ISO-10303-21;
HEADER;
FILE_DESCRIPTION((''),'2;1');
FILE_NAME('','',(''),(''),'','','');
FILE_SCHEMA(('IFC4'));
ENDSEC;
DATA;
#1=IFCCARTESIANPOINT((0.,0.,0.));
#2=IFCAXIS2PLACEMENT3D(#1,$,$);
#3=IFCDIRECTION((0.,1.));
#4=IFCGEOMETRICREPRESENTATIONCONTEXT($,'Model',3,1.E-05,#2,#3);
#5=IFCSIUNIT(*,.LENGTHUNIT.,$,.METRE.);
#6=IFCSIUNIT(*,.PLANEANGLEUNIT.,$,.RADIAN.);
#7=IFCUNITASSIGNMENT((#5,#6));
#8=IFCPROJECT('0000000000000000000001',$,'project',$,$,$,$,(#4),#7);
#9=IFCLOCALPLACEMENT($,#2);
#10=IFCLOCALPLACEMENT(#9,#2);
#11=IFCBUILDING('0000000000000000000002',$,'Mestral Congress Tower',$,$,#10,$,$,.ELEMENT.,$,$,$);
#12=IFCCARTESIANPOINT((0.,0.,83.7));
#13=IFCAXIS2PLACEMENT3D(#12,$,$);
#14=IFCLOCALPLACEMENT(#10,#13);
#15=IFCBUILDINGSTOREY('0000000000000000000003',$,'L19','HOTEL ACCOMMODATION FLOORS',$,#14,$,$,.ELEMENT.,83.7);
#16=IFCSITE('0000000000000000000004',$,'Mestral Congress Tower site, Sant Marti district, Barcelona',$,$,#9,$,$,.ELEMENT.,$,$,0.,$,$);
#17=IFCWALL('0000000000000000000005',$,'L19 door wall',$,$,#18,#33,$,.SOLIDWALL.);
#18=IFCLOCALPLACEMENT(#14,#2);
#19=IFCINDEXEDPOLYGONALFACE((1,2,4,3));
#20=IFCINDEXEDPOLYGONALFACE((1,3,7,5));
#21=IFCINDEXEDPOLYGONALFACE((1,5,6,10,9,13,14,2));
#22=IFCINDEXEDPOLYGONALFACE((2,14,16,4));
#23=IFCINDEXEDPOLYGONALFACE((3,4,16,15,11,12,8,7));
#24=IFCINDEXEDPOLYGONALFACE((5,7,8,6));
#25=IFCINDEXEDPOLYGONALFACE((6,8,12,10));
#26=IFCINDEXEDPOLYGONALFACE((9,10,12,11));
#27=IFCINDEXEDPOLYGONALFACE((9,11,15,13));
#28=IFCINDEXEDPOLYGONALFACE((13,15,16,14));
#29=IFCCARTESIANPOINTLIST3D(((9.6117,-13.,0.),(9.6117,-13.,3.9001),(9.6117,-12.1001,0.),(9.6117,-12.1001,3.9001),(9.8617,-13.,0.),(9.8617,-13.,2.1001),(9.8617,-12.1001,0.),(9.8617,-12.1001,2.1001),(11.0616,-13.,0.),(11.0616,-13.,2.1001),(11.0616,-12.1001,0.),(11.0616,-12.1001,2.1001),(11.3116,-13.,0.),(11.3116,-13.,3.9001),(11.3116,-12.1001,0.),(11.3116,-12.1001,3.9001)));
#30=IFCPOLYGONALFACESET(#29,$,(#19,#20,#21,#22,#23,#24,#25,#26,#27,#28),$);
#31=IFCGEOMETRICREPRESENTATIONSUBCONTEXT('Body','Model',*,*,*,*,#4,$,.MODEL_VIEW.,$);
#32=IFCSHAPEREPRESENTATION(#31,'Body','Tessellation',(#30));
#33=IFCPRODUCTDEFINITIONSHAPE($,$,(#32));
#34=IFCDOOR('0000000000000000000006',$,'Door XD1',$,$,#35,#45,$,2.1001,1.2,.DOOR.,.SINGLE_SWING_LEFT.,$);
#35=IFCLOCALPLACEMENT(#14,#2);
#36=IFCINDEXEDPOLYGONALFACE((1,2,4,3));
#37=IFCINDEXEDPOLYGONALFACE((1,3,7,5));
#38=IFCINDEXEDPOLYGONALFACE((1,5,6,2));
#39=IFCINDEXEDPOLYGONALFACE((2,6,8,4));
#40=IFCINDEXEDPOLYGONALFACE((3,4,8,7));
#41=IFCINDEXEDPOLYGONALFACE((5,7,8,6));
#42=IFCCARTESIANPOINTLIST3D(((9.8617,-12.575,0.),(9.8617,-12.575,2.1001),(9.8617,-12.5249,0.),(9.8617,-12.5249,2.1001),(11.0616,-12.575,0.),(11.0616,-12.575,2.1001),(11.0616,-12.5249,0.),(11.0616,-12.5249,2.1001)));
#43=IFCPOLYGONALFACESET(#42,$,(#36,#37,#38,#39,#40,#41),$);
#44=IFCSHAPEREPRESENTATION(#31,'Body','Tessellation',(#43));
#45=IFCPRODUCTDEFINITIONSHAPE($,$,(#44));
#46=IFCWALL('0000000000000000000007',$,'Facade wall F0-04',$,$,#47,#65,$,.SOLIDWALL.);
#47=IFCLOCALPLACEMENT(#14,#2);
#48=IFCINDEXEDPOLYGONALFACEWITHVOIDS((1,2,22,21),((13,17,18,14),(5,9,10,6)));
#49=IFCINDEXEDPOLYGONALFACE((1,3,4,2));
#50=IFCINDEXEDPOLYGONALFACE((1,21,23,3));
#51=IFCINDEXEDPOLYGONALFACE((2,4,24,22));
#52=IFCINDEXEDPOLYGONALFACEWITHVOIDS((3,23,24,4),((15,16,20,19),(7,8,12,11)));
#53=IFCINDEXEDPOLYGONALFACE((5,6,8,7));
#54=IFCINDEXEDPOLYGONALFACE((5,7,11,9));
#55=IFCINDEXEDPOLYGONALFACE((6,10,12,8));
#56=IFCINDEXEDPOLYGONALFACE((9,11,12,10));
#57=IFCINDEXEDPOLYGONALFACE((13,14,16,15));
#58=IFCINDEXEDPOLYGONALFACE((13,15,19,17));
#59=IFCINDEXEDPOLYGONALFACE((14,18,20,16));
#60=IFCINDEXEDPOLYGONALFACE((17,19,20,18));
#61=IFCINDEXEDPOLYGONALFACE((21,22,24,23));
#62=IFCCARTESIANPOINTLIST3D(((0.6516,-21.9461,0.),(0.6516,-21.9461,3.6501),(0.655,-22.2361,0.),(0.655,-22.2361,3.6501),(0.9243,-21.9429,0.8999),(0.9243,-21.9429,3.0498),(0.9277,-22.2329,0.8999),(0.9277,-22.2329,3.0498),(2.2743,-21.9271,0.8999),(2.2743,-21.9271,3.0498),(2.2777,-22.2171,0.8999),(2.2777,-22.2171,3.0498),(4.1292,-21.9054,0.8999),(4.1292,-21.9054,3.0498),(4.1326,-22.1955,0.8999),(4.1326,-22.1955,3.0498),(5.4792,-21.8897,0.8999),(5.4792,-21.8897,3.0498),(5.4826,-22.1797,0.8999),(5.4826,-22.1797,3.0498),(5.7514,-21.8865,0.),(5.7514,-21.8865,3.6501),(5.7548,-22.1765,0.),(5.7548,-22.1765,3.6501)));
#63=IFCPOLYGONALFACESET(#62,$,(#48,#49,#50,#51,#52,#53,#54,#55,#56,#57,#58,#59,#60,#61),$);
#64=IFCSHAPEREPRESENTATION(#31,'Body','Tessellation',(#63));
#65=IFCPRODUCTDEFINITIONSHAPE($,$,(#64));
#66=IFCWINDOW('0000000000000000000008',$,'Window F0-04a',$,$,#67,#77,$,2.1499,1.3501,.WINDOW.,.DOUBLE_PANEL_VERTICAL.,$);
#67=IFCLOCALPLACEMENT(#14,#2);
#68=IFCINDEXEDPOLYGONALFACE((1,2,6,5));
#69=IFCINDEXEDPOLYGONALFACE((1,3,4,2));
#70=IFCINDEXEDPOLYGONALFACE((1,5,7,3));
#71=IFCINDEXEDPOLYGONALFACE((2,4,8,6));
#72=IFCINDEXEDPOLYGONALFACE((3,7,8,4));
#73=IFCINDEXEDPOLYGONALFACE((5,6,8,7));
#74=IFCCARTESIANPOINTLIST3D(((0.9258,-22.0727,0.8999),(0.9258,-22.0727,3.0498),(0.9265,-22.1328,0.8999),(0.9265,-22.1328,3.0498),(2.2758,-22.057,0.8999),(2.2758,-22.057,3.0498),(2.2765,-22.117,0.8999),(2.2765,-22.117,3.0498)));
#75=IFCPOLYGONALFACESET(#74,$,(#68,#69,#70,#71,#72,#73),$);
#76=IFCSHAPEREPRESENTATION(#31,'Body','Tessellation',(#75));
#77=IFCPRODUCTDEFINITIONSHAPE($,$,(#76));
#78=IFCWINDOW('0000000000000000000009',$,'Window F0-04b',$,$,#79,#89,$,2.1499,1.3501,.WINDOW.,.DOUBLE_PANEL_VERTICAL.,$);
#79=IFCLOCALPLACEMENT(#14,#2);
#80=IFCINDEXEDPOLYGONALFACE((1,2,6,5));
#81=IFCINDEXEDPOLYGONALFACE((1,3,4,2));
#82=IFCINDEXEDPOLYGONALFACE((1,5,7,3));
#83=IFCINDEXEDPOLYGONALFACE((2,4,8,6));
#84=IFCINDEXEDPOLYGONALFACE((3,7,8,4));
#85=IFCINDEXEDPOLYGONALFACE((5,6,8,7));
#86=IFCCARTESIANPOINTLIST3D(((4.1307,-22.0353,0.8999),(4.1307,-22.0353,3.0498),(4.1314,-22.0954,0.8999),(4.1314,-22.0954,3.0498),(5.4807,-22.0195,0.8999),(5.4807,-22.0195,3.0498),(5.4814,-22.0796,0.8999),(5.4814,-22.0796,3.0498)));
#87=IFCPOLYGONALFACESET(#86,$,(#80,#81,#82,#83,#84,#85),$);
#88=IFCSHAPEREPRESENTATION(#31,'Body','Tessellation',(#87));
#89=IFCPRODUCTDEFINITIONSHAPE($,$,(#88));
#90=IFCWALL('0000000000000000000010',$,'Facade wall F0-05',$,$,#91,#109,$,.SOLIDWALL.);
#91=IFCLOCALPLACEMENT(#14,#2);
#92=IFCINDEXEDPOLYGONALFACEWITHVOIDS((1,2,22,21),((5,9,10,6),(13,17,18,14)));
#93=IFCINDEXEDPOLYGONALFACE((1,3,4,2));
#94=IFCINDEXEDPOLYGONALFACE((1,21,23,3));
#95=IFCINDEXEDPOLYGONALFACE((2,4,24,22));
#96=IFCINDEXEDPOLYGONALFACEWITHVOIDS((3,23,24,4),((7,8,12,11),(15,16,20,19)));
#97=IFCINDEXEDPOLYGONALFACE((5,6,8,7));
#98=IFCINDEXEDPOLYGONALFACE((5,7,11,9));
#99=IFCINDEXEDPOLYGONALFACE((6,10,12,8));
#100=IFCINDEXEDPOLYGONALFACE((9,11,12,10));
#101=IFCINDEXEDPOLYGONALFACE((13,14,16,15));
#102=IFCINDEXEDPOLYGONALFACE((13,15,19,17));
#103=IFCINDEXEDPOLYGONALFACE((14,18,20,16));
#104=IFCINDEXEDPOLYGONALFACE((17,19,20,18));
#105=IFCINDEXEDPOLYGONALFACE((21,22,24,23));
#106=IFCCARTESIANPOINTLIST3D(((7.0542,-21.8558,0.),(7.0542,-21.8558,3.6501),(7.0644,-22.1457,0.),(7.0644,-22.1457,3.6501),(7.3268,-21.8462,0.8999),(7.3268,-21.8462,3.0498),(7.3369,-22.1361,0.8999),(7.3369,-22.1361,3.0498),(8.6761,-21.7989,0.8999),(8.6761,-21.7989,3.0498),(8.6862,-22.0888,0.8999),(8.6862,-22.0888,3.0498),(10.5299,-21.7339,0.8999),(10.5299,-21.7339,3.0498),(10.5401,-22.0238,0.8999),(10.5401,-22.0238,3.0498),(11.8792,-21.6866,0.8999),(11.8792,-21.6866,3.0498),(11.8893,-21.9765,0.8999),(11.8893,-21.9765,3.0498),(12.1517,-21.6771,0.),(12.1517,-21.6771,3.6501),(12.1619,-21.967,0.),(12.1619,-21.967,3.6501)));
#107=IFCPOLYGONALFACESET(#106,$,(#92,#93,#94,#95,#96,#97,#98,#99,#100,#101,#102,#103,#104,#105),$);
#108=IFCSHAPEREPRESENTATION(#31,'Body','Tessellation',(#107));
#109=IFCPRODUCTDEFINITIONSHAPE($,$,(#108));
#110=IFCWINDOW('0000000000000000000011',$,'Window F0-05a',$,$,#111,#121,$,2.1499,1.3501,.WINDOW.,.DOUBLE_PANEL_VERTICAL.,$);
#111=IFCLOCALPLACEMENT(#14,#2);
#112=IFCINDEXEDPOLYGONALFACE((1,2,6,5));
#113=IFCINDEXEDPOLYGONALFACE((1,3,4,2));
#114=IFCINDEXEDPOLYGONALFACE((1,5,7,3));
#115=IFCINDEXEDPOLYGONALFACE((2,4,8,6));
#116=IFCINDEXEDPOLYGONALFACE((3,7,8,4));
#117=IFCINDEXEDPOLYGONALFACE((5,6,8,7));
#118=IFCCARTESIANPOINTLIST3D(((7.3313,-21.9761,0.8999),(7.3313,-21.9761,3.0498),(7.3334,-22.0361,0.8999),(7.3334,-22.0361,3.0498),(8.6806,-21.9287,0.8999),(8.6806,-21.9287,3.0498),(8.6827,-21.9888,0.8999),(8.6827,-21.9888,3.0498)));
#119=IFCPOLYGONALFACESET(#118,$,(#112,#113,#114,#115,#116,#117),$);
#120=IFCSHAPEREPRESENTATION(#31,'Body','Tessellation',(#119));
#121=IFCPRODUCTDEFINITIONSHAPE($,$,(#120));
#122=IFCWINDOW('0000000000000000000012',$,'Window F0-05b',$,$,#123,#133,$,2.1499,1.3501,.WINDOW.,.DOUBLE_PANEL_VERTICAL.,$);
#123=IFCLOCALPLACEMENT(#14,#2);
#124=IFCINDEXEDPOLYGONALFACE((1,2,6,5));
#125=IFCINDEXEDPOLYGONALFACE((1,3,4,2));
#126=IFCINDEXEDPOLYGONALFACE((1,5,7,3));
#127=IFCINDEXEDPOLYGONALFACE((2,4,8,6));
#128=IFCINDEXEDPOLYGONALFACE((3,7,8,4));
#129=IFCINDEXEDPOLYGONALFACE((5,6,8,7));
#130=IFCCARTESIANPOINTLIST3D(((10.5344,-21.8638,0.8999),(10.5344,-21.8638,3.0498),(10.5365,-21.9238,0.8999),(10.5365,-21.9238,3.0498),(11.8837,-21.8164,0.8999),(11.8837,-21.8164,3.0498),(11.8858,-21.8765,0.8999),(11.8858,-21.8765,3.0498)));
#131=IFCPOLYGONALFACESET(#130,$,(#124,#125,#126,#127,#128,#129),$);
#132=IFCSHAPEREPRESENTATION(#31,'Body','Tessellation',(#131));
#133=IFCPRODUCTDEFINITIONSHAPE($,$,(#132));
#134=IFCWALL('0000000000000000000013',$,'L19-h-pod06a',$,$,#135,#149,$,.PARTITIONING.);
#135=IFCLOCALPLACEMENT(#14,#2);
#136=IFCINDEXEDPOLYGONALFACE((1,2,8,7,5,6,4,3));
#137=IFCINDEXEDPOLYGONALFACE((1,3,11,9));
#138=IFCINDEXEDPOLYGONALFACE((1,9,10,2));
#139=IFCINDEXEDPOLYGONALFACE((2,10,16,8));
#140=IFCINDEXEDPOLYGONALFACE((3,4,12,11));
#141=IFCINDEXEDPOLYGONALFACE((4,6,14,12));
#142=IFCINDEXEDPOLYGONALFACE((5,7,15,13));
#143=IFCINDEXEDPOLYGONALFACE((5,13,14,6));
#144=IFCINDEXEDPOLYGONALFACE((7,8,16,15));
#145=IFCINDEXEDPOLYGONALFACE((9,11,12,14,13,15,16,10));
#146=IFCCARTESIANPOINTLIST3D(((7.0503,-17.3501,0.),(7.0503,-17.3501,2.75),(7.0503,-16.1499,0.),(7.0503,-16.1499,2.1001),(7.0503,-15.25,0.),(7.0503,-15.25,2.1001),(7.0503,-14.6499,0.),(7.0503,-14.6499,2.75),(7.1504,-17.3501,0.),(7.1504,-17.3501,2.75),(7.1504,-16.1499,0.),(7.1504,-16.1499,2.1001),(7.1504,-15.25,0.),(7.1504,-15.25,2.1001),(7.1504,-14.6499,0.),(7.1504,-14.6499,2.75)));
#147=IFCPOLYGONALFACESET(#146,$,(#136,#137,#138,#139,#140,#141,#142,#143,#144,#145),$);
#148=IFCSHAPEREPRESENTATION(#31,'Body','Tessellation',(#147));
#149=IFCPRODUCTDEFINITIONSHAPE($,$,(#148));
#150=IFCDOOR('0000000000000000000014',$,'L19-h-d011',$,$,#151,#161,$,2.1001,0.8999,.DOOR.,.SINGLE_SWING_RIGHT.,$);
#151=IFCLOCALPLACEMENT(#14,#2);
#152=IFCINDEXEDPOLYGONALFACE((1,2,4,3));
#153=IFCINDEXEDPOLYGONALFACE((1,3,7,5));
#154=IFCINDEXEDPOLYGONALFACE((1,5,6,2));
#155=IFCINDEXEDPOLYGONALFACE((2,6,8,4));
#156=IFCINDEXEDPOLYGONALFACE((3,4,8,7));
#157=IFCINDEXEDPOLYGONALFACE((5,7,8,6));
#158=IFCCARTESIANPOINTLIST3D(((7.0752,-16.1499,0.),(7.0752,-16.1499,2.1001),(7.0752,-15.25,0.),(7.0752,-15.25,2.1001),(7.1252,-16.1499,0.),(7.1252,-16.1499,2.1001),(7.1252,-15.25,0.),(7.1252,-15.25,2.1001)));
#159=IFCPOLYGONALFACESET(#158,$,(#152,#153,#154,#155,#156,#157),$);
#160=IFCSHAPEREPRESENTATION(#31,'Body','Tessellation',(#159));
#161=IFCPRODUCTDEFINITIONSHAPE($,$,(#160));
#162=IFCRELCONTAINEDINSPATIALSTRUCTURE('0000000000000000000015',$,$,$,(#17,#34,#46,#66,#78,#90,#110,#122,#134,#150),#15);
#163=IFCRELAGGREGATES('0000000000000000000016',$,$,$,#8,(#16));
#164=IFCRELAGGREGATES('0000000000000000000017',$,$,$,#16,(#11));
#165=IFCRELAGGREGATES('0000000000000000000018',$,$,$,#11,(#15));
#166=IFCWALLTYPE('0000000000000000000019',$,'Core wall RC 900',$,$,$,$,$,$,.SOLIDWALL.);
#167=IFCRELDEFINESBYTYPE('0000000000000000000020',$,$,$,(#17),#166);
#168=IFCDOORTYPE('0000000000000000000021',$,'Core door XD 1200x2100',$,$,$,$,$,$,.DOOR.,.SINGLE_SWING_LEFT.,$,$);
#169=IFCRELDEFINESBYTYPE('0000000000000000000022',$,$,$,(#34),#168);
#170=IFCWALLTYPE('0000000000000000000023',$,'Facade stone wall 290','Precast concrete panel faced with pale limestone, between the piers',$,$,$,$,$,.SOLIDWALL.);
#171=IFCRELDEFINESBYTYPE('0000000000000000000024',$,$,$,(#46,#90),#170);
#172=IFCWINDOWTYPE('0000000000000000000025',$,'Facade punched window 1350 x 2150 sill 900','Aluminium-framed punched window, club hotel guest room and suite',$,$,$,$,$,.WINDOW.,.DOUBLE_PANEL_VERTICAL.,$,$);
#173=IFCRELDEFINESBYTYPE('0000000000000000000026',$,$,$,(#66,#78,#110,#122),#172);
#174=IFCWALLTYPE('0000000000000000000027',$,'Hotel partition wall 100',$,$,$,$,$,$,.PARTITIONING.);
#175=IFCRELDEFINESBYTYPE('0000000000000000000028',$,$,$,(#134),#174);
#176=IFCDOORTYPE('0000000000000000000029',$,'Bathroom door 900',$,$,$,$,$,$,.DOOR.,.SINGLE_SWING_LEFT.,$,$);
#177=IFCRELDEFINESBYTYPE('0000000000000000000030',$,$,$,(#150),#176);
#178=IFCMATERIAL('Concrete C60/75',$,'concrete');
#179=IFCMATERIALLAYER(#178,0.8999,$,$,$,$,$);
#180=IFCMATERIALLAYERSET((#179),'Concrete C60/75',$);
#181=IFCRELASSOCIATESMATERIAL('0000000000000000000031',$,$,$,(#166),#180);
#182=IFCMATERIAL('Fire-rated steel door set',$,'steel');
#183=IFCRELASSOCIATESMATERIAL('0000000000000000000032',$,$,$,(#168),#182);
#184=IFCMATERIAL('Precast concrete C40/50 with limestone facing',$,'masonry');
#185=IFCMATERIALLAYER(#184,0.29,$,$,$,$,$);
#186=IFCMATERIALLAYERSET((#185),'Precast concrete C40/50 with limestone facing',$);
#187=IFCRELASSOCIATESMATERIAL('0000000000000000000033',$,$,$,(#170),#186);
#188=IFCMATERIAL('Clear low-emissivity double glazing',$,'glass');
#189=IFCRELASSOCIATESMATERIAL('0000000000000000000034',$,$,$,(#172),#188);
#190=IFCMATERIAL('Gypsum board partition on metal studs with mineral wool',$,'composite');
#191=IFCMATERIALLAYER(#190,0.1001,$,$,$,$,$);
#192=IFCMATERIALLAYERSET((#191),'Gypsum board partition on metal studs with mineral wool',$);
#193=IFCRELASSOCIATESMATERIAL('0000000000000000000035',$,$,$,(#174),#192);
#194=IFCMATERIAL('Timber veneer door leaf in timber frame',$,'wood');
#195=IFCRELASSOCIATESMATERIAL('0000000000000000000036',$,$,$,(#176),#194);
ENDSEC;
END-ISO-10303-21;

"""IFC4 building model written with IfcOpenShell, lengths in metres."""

from ifc_helpers import new_model, si_unit, direction, frame, frame_2d, origin, place, context, subcontext, project, spatial, rectangle, extrude, material, layer, layer_set, type_object, element, fill, save


model = new_model("IFC4")

# Units and contexts
model_context = context("Model", 3, precision=1e-05, world=origin(), true_north=direction((0.0, 1.0)))
body_context = subcontext(model_context, "Body", "Model", "MODEL_VIEW")
ifc_project = project(units=[si_unit("LENGTHUNIT", "METRE"), si_unit("PLANEANGLEUNIT", "RADIAN")], contexts=[model_context])

# Site, building, storey
site_placement = place(None, origin())
site = spatial("IfcSite", under=ifc_project, at=site_placement, Name="Mestral Congress Tower site, Sant Marti district, Barcelona", CompositionType="ELEMENT", RefElevation=0.0)
building_placement = place(site_placement, origin())
building = spatial("IfcBuilding", under=site, at=building_placement, Name="Mestral Congress Tower", CompositionType="ELEMENT")
storey_placement = place(building_placement, frame((0.0, 0.0, 83.7)))
storey = spatial("IfcBuildingStorey", under=building, at=storey_placement, Name="L19", Description="HOTEL ACCOMMODATION FLOORS", CompositionType="ELEMENT", Elevation=83.7)

# Shared definitions
ifc_material_1 = material(Name="Concrete C60/75", Category="concrete")
ifc_layer_1 = layer(ifc_material_1, 0.8999)
ifc_layer_set_1 = layer_set([ifc_layer_1], Name="Concrete C60/75")
wall_type_1 = type_object("IfcWallType", Name="Core wall RC 900", PredefinedType="SOLIDWALL", material=ifc_layer_set_1)

# Wall, opening, door
wall_1_placement = place(storey_placement, frame((11.3118, -12.55, 0.0), z_axis=(0.0, 0.0, 1.0), x_axis=(-1.0, 0.0, 0.0)))
wall_1 = element("IfcWall", 1, at=wall_1_placement, inside=storey, type_object=wall_type_1, Name="L19 door wall", PredefinedType="SOLIDWALL", context=body_context, shape_type="SweptSolid", body=[
    extrude(rectangle(XDim=1.7, YDim=0.8999, at=frame_2d((0.8501, 0.0))), origin(), (0.0, 0.0, 1.0), 3.9001),
])
opening_1_placement = place(wall_1_placement, frame((0.25, 0.0, 0.0)))
opening_1 = element("IfcOpeningElement", 2, at=opening_1_placement, cuts=wall_1, PredefinedType="OPENING", context=body_context, shape_type="SweptSolid", body=[
    extrude(rectangle(XDim=1.2, YDim=2.1001, at=frame_2d((0.6001, 1.05))), frame((0.0, 0.46, 0.0), z_axis=(0.0, -1.0, 0.0), x_axis=(1.0, 0.0, 0.0)), (0.0, 0.0, 1.0), 0.9199),
])
ifc_material_2 = material(Name="Fire-rated steel door set", Category="steel")
door_type_1 = type_object("IfcDoorType", Name="Core door XD 1200x2100", OperationType="SINGLE_SWING_LEFT", PredefinedType="DOOR", material=ifc_material_2)
door_1_placement = place(opening_1_placement, origin())
door_1 = element("IfcDoor", 3, at=door_1_placement, inside=storey, type_object=door_type_1, Name="Door XD1", OperationType="SINGLE_SWING_LEFT", OverallHeight=2.1001, OverallWidth=1.2, PredefinedType="DOOR", context=body_context, shape_type="SweptSolid", body=[
    extrude(rectangle(XDim=1.2, YDim=2.1001, at=frame_2d((0.6001, 1.05))), frame((0.0, 0.0249, 0.0), z_axis=(0.0, -1.0, 0.0), x_axis=(1.0, 0.0, 0.0)), (0.0, 0.0, 1.0), 0.05),
])
fill(opening_1, door_1)

# Walls, openings, windows
ifc_material_3 = material(Name="Precast concrete C40/50 with limestone facing", Category="masonry")
ifc_layer_2 = layer(ifc_material_3, 0.29)
ifc_layer_set_2 = layer_set([ifc_layer_2], Name="Precast concrete C40/50 with limestone facing")
wall_type_2 = type_object("IfcWallType", Name="Facade stone wall 290", Description="Precast concrete panel faced with pale limestone, between the piers", PredefinedType="SOLIDWALL", material=ifc_layer_set_2)
wall_2_placement = place(storey_placement, frame((0.6533, -22.0911, 0.0), z_axis=(0.0, 0.0, 1.0), x_axis=(0.999932, 0.01168, 0.0)))
wall_2 = element("IfcWall", 4, at=wall_2_placement, inside=storey, type_object=wall_type_2, Name="Facade wall F0-04", PredefinedType="SOLIDWALL", context=body_context, shape_type="SweptSolid", body=[
    extrude(rectangle(XDim=5.1001, YDim=0.29, at=frame_2d((2.55, 0.0))), origin(), (0.0, 0.0, 1.0), 3.6501),
])
opening_2_placement = place(wall_2_placement, frame((0.2727, 0.0, 0.8999)))
opening_2 = element("IfcOpeningElement", 5, at=opening_2_placement, cuts=wall_2, PredefinedType="OPENING", context=body_context, shape_type="SweptSolid", body=[
    extrude(rectangle(XDim=1.3501, YDim=2.1499, at=frame_2d((0.675, 1.075))), frame((0.0, 0.155, 0.0), z_axis=(0.0, -1.0, 0.0), x_axis=(1.0, 0.0, 0.0)), (0.0, 0.0, 1.0), 0.3101),
])
opening_3_placement = place(wall_2_placement, frame((3.4778, 0.0, 0.8999)))
opening_3 = element("IfcOpeningElement", 6, at=opening_3_placement, cuts=wall_2, PredefinedType="OPENING", context=body_context, shape_type="SweptSolid", body=[
    extrude(rectangle(XDim=1.3501, YDim=2.1499, at=frame_2d((0.675, 1.075))), frame((0.0, 0.155, 0.0), z_axis=(0.0, -1.0, 0.0), x_axis=(1.0, 0.0, 0.0)), (0.0, 0.0, 1.0), 0.3101),
])
ifc_material_4 = material(Name="Clear low-emissivity double glazing", Category="glass")
window_type = type_object("IfcWindowType", Name="Facade punched window 1350 x 2150 sill 900", Description="Aluminium-framed punched window, club hotel guest room and suite", PartitioningType="DOUBLE_PANEL_VERTICAL", PredefinedType="WINDOW", material=ifc_material_4)
window_1_placement = place(opening_2_placement, origin())
window_1 = element("IfcWindow", 7, at=window_1_placement, inside=storey, type_object=window_type, Name="Window F0-04a", OverallHeight=2.1499, OverallWidth=1.3501, PartitioningType="DOUBLE_PANEL_VERTICAL", PredefinedType="WINDOW", context=body_context, shape_type="SweptSolid", body=[
    extrude(rectangle(XDim=1.3501, YDim=2.1499, at=frame_2d((0.675, 1.075))), frame((0.0, 0.0151, 0.0), z_axis=(0.0, -1.0, 0.0), x_axis=(1.0, 0.0, 0.0)), (0.0, 0.0, 1.0), 0.0601),
])
fill(opening_2, window_1)
window_2_placement = place(opening_3_placement, origin())
window_2 = element("IfcWindow", 8, at=window_2_placement, inside=storey, type_object=window_type, Name="Window F0-04b", OverallHeight=2.1499, OverallWidth=1.3501, PartitioningType="DOUBLE_PANEL_VERTICAL", PredefinedType="WINDOW", context=body_context, shape_type="SweptSolid", body=[
    extrude(rectangle(XDim=1.3501, YDim=2.1499, at=frame_2d((0.675, 1.075))), frame((0.0, 0.0151, 0.0), z_axis=(0.0, -1.0, 0.0), x_axis=(1.0, 0.0, 0.0)), (0.0, 0.0, 1.0), 0.0601),
])
fill(opening_3, window_2)
wall_3_placement = place(storey_placement, frame((7.0593, -22.0007, 0.0), z_axis=(0.0, 0.0, 1.0), x_axis=(0.999386, 0.035038, 0.0)))
wall_3 = element("IfcWall", 9, at=wall_3_placement, inside=storey, type_object=wall_type_2, Name="Facade wall F0-05", PredefinedType="SOLIDWALL", context=body_context, shape_type="SweptSolid", body=[
    extrude(rectangle(XDim=5.1006, YDim=0.29, at=frame_2d((2.5503, 0.0))), origin(), (0.0, 0.0, 1.0), 3.6501),
])
opening_4_placement = place(wall_3_placement, frame((0.2727, 0.0, 0.8999)))
opening_4 = element("IfcOpeningElement", 10, at=opening_4_placement, cuts=wall_3, PredefinedType="OPENING", context=body_context, shape_type="SweptSolid", body=[
    extrude(rectangle(XDim=1.3501, YDim=2.1499, at=frame_2d((0.675, 1.075))), frame((0.0, 0.155, 0.0), z_axis=(0.0, -1.0, 0.0), x_axis=(1.0, 0.0, 0.0)), (0.0, 0.0, 1.0), 0.3101),
])
opening_5_placement = place(wall_3_placement, frame((3.4778, 0.0, 0.8999)))
opening_5 = element("IfcOpeningElement", 11, at=opening_5_placement, cuts=wall_3, PredefinedType="OPENING", context=body_context, shape_type="SweptSolid", body=[
    extrude(rectangle(XDim=1.3501, YDim=2.1499, at=frame_2d((0.675, 1.075))), frame((0.0, 0.155, 0.0), z_axis=(0.0, -1.0, 0.0), x_axis=(1.0, 0.0, 0.0)), (0.0, 0.0, 1.0), 0.3101),
])
window_3_placement = place(opening_4_placement, origin())
window_3 = element("IfcWindow", 12, at=window_3_placement, inside=storey, type_object=window_type, Name="Window F0-05a", OverallHeight=2.1499, OverallWidth=1.3501, PartitioningType="DOUBLE_PANEL_VERTICAL", PredefinedType="WINDOW", context=body_context, shape_type="SweptSolid", body=[
    extrude(rectangle(XDim=1.3501, YDim=2.1499, at=frame_2d((0.675, 1.075))), frame((0.0, 0.0151, 0.0), z_axis=(0.0, -1.0, 0.0), x_axis=(1.0, 0.0, 0.0)), (0.0, 0.0, 1.0), 0.0601),
])
fill(opening_4, window_3)
window_4_placement = place(opening_5_placement, origin())
window_4 = element("IfcWindow", 13, at=window_4_placement, inside=storey, type_object=window_type, Name="Window F0-05b", OverallHeight=2.1499, OverallWidth=1.3501, PartitioningType="DOUBLE_PANEL_VERTICAL", PredefinedType="WINDOW", context=body_context, shape_type="SweptSolid", body=[
    extrude(rectangle(XDim=1.3501, YDim=2.1499, at=frame_2d((0.675, 1.075))), frame((0.0, 0.0151, 0.0), z_axis=(0.0, -1.0, 0.0), x_axis=(1.0, 0.0, 0.0)), (0.0, 0.0, 1.0), 0.0601),
])
fill(opening_5, window_4)

# Wall, opening, door
ifc_material_5 = material(Name="Gypsum board partition on metal studs with mineral wool", Category="composite")
ifc_layer_3 = layer(ifc_material_5, 0.1001)
ifc_layer_set_3 = layer_set([ifc_layer_3], Name="Gypsum board partition on metal studs with mineral wool")
wall_type_3 = type_object("IfcWallType", Name="Hotel partition wall 100", PredefinedType="PARTITIONING", material=ifc_layer_set_3)
wall_4_placement = place(storey_placement, frame((7.1003, -14.6499, 0.0), z_axis=(0.0, 0.0, 1.0), x_axis=(0.0, -1.0, 0.0)))
wall_4 = element("IfcWall", 14, at=wall_4_placement, inside=storey, type_object=wall_type_3, Name="L19-h-pod06a", PredefinedType="PARTITIONING", context=body_context, shape_type="SweptSolid", body=[
    extrude(rectangle(XDim=2.7002, YDim=0.1001, at=frame_2d((1.3501, 0.0))), origin(), (0.0, 0.0, 1.0), 2.75),
])
opening_6_placement = place(wall_4_placement, frame((0.6001, 0.0, 0.0)))
opening_6 = element("IfcOpeningElement", 15, at=opening_6_placement, cuts=wall_4, PredefinedType="OPENING", context=body_context, shape_type="SweptSolid", body=[
    extrude(rectangle(XDim=0.8999, YDim=2.1001, at=frame_2d((0.45, 1.05))), frame((0.0, 0.0601, 0.0), z_axis=(0.0, -1.0, 0.0), x_axis=(1.0, 0.0, 0.0)), (0.0, 0.0, 1.0), 0.1201),
])
ifc_material_6 = material(Name="Timber veneer door leaf in timber frame", Category="wood")
door_type_2 = type_object("IfcDoorType", Name="Bathroom door 900", OperationType="SINGLE_SWING_LEFT", PredefinedType="DOOR", material=ifc_material_6)
door_2_placement = place(opening_6_placement, origin())
door_2 = element("IfcDoor", 16, at=door_2_placement, inside=storey, type_object=door_type_2, Name="L19-h-d011", OperationType="SINGLE_SWING_RIGHT", OverallHeight=2.1001, OverallWidth=0.8999, PredefinedType="DOOR", context=body_context, shape_type="SweptSolid", body=[
    extrude(rectangle(XDim=0.8999, YDim=2.1001, at=frame_2d((0.45, 1.05))), frame((0.0, 0.0249, 0.0), z_axis=(0.0, -1.0, 0.0), x_axis=(1.0, 0.0, 0.0)), (0.0, 0.0, 1.0), 0.05),
])
fill(opening_6, door_2)

save(model, "model.ifc")
